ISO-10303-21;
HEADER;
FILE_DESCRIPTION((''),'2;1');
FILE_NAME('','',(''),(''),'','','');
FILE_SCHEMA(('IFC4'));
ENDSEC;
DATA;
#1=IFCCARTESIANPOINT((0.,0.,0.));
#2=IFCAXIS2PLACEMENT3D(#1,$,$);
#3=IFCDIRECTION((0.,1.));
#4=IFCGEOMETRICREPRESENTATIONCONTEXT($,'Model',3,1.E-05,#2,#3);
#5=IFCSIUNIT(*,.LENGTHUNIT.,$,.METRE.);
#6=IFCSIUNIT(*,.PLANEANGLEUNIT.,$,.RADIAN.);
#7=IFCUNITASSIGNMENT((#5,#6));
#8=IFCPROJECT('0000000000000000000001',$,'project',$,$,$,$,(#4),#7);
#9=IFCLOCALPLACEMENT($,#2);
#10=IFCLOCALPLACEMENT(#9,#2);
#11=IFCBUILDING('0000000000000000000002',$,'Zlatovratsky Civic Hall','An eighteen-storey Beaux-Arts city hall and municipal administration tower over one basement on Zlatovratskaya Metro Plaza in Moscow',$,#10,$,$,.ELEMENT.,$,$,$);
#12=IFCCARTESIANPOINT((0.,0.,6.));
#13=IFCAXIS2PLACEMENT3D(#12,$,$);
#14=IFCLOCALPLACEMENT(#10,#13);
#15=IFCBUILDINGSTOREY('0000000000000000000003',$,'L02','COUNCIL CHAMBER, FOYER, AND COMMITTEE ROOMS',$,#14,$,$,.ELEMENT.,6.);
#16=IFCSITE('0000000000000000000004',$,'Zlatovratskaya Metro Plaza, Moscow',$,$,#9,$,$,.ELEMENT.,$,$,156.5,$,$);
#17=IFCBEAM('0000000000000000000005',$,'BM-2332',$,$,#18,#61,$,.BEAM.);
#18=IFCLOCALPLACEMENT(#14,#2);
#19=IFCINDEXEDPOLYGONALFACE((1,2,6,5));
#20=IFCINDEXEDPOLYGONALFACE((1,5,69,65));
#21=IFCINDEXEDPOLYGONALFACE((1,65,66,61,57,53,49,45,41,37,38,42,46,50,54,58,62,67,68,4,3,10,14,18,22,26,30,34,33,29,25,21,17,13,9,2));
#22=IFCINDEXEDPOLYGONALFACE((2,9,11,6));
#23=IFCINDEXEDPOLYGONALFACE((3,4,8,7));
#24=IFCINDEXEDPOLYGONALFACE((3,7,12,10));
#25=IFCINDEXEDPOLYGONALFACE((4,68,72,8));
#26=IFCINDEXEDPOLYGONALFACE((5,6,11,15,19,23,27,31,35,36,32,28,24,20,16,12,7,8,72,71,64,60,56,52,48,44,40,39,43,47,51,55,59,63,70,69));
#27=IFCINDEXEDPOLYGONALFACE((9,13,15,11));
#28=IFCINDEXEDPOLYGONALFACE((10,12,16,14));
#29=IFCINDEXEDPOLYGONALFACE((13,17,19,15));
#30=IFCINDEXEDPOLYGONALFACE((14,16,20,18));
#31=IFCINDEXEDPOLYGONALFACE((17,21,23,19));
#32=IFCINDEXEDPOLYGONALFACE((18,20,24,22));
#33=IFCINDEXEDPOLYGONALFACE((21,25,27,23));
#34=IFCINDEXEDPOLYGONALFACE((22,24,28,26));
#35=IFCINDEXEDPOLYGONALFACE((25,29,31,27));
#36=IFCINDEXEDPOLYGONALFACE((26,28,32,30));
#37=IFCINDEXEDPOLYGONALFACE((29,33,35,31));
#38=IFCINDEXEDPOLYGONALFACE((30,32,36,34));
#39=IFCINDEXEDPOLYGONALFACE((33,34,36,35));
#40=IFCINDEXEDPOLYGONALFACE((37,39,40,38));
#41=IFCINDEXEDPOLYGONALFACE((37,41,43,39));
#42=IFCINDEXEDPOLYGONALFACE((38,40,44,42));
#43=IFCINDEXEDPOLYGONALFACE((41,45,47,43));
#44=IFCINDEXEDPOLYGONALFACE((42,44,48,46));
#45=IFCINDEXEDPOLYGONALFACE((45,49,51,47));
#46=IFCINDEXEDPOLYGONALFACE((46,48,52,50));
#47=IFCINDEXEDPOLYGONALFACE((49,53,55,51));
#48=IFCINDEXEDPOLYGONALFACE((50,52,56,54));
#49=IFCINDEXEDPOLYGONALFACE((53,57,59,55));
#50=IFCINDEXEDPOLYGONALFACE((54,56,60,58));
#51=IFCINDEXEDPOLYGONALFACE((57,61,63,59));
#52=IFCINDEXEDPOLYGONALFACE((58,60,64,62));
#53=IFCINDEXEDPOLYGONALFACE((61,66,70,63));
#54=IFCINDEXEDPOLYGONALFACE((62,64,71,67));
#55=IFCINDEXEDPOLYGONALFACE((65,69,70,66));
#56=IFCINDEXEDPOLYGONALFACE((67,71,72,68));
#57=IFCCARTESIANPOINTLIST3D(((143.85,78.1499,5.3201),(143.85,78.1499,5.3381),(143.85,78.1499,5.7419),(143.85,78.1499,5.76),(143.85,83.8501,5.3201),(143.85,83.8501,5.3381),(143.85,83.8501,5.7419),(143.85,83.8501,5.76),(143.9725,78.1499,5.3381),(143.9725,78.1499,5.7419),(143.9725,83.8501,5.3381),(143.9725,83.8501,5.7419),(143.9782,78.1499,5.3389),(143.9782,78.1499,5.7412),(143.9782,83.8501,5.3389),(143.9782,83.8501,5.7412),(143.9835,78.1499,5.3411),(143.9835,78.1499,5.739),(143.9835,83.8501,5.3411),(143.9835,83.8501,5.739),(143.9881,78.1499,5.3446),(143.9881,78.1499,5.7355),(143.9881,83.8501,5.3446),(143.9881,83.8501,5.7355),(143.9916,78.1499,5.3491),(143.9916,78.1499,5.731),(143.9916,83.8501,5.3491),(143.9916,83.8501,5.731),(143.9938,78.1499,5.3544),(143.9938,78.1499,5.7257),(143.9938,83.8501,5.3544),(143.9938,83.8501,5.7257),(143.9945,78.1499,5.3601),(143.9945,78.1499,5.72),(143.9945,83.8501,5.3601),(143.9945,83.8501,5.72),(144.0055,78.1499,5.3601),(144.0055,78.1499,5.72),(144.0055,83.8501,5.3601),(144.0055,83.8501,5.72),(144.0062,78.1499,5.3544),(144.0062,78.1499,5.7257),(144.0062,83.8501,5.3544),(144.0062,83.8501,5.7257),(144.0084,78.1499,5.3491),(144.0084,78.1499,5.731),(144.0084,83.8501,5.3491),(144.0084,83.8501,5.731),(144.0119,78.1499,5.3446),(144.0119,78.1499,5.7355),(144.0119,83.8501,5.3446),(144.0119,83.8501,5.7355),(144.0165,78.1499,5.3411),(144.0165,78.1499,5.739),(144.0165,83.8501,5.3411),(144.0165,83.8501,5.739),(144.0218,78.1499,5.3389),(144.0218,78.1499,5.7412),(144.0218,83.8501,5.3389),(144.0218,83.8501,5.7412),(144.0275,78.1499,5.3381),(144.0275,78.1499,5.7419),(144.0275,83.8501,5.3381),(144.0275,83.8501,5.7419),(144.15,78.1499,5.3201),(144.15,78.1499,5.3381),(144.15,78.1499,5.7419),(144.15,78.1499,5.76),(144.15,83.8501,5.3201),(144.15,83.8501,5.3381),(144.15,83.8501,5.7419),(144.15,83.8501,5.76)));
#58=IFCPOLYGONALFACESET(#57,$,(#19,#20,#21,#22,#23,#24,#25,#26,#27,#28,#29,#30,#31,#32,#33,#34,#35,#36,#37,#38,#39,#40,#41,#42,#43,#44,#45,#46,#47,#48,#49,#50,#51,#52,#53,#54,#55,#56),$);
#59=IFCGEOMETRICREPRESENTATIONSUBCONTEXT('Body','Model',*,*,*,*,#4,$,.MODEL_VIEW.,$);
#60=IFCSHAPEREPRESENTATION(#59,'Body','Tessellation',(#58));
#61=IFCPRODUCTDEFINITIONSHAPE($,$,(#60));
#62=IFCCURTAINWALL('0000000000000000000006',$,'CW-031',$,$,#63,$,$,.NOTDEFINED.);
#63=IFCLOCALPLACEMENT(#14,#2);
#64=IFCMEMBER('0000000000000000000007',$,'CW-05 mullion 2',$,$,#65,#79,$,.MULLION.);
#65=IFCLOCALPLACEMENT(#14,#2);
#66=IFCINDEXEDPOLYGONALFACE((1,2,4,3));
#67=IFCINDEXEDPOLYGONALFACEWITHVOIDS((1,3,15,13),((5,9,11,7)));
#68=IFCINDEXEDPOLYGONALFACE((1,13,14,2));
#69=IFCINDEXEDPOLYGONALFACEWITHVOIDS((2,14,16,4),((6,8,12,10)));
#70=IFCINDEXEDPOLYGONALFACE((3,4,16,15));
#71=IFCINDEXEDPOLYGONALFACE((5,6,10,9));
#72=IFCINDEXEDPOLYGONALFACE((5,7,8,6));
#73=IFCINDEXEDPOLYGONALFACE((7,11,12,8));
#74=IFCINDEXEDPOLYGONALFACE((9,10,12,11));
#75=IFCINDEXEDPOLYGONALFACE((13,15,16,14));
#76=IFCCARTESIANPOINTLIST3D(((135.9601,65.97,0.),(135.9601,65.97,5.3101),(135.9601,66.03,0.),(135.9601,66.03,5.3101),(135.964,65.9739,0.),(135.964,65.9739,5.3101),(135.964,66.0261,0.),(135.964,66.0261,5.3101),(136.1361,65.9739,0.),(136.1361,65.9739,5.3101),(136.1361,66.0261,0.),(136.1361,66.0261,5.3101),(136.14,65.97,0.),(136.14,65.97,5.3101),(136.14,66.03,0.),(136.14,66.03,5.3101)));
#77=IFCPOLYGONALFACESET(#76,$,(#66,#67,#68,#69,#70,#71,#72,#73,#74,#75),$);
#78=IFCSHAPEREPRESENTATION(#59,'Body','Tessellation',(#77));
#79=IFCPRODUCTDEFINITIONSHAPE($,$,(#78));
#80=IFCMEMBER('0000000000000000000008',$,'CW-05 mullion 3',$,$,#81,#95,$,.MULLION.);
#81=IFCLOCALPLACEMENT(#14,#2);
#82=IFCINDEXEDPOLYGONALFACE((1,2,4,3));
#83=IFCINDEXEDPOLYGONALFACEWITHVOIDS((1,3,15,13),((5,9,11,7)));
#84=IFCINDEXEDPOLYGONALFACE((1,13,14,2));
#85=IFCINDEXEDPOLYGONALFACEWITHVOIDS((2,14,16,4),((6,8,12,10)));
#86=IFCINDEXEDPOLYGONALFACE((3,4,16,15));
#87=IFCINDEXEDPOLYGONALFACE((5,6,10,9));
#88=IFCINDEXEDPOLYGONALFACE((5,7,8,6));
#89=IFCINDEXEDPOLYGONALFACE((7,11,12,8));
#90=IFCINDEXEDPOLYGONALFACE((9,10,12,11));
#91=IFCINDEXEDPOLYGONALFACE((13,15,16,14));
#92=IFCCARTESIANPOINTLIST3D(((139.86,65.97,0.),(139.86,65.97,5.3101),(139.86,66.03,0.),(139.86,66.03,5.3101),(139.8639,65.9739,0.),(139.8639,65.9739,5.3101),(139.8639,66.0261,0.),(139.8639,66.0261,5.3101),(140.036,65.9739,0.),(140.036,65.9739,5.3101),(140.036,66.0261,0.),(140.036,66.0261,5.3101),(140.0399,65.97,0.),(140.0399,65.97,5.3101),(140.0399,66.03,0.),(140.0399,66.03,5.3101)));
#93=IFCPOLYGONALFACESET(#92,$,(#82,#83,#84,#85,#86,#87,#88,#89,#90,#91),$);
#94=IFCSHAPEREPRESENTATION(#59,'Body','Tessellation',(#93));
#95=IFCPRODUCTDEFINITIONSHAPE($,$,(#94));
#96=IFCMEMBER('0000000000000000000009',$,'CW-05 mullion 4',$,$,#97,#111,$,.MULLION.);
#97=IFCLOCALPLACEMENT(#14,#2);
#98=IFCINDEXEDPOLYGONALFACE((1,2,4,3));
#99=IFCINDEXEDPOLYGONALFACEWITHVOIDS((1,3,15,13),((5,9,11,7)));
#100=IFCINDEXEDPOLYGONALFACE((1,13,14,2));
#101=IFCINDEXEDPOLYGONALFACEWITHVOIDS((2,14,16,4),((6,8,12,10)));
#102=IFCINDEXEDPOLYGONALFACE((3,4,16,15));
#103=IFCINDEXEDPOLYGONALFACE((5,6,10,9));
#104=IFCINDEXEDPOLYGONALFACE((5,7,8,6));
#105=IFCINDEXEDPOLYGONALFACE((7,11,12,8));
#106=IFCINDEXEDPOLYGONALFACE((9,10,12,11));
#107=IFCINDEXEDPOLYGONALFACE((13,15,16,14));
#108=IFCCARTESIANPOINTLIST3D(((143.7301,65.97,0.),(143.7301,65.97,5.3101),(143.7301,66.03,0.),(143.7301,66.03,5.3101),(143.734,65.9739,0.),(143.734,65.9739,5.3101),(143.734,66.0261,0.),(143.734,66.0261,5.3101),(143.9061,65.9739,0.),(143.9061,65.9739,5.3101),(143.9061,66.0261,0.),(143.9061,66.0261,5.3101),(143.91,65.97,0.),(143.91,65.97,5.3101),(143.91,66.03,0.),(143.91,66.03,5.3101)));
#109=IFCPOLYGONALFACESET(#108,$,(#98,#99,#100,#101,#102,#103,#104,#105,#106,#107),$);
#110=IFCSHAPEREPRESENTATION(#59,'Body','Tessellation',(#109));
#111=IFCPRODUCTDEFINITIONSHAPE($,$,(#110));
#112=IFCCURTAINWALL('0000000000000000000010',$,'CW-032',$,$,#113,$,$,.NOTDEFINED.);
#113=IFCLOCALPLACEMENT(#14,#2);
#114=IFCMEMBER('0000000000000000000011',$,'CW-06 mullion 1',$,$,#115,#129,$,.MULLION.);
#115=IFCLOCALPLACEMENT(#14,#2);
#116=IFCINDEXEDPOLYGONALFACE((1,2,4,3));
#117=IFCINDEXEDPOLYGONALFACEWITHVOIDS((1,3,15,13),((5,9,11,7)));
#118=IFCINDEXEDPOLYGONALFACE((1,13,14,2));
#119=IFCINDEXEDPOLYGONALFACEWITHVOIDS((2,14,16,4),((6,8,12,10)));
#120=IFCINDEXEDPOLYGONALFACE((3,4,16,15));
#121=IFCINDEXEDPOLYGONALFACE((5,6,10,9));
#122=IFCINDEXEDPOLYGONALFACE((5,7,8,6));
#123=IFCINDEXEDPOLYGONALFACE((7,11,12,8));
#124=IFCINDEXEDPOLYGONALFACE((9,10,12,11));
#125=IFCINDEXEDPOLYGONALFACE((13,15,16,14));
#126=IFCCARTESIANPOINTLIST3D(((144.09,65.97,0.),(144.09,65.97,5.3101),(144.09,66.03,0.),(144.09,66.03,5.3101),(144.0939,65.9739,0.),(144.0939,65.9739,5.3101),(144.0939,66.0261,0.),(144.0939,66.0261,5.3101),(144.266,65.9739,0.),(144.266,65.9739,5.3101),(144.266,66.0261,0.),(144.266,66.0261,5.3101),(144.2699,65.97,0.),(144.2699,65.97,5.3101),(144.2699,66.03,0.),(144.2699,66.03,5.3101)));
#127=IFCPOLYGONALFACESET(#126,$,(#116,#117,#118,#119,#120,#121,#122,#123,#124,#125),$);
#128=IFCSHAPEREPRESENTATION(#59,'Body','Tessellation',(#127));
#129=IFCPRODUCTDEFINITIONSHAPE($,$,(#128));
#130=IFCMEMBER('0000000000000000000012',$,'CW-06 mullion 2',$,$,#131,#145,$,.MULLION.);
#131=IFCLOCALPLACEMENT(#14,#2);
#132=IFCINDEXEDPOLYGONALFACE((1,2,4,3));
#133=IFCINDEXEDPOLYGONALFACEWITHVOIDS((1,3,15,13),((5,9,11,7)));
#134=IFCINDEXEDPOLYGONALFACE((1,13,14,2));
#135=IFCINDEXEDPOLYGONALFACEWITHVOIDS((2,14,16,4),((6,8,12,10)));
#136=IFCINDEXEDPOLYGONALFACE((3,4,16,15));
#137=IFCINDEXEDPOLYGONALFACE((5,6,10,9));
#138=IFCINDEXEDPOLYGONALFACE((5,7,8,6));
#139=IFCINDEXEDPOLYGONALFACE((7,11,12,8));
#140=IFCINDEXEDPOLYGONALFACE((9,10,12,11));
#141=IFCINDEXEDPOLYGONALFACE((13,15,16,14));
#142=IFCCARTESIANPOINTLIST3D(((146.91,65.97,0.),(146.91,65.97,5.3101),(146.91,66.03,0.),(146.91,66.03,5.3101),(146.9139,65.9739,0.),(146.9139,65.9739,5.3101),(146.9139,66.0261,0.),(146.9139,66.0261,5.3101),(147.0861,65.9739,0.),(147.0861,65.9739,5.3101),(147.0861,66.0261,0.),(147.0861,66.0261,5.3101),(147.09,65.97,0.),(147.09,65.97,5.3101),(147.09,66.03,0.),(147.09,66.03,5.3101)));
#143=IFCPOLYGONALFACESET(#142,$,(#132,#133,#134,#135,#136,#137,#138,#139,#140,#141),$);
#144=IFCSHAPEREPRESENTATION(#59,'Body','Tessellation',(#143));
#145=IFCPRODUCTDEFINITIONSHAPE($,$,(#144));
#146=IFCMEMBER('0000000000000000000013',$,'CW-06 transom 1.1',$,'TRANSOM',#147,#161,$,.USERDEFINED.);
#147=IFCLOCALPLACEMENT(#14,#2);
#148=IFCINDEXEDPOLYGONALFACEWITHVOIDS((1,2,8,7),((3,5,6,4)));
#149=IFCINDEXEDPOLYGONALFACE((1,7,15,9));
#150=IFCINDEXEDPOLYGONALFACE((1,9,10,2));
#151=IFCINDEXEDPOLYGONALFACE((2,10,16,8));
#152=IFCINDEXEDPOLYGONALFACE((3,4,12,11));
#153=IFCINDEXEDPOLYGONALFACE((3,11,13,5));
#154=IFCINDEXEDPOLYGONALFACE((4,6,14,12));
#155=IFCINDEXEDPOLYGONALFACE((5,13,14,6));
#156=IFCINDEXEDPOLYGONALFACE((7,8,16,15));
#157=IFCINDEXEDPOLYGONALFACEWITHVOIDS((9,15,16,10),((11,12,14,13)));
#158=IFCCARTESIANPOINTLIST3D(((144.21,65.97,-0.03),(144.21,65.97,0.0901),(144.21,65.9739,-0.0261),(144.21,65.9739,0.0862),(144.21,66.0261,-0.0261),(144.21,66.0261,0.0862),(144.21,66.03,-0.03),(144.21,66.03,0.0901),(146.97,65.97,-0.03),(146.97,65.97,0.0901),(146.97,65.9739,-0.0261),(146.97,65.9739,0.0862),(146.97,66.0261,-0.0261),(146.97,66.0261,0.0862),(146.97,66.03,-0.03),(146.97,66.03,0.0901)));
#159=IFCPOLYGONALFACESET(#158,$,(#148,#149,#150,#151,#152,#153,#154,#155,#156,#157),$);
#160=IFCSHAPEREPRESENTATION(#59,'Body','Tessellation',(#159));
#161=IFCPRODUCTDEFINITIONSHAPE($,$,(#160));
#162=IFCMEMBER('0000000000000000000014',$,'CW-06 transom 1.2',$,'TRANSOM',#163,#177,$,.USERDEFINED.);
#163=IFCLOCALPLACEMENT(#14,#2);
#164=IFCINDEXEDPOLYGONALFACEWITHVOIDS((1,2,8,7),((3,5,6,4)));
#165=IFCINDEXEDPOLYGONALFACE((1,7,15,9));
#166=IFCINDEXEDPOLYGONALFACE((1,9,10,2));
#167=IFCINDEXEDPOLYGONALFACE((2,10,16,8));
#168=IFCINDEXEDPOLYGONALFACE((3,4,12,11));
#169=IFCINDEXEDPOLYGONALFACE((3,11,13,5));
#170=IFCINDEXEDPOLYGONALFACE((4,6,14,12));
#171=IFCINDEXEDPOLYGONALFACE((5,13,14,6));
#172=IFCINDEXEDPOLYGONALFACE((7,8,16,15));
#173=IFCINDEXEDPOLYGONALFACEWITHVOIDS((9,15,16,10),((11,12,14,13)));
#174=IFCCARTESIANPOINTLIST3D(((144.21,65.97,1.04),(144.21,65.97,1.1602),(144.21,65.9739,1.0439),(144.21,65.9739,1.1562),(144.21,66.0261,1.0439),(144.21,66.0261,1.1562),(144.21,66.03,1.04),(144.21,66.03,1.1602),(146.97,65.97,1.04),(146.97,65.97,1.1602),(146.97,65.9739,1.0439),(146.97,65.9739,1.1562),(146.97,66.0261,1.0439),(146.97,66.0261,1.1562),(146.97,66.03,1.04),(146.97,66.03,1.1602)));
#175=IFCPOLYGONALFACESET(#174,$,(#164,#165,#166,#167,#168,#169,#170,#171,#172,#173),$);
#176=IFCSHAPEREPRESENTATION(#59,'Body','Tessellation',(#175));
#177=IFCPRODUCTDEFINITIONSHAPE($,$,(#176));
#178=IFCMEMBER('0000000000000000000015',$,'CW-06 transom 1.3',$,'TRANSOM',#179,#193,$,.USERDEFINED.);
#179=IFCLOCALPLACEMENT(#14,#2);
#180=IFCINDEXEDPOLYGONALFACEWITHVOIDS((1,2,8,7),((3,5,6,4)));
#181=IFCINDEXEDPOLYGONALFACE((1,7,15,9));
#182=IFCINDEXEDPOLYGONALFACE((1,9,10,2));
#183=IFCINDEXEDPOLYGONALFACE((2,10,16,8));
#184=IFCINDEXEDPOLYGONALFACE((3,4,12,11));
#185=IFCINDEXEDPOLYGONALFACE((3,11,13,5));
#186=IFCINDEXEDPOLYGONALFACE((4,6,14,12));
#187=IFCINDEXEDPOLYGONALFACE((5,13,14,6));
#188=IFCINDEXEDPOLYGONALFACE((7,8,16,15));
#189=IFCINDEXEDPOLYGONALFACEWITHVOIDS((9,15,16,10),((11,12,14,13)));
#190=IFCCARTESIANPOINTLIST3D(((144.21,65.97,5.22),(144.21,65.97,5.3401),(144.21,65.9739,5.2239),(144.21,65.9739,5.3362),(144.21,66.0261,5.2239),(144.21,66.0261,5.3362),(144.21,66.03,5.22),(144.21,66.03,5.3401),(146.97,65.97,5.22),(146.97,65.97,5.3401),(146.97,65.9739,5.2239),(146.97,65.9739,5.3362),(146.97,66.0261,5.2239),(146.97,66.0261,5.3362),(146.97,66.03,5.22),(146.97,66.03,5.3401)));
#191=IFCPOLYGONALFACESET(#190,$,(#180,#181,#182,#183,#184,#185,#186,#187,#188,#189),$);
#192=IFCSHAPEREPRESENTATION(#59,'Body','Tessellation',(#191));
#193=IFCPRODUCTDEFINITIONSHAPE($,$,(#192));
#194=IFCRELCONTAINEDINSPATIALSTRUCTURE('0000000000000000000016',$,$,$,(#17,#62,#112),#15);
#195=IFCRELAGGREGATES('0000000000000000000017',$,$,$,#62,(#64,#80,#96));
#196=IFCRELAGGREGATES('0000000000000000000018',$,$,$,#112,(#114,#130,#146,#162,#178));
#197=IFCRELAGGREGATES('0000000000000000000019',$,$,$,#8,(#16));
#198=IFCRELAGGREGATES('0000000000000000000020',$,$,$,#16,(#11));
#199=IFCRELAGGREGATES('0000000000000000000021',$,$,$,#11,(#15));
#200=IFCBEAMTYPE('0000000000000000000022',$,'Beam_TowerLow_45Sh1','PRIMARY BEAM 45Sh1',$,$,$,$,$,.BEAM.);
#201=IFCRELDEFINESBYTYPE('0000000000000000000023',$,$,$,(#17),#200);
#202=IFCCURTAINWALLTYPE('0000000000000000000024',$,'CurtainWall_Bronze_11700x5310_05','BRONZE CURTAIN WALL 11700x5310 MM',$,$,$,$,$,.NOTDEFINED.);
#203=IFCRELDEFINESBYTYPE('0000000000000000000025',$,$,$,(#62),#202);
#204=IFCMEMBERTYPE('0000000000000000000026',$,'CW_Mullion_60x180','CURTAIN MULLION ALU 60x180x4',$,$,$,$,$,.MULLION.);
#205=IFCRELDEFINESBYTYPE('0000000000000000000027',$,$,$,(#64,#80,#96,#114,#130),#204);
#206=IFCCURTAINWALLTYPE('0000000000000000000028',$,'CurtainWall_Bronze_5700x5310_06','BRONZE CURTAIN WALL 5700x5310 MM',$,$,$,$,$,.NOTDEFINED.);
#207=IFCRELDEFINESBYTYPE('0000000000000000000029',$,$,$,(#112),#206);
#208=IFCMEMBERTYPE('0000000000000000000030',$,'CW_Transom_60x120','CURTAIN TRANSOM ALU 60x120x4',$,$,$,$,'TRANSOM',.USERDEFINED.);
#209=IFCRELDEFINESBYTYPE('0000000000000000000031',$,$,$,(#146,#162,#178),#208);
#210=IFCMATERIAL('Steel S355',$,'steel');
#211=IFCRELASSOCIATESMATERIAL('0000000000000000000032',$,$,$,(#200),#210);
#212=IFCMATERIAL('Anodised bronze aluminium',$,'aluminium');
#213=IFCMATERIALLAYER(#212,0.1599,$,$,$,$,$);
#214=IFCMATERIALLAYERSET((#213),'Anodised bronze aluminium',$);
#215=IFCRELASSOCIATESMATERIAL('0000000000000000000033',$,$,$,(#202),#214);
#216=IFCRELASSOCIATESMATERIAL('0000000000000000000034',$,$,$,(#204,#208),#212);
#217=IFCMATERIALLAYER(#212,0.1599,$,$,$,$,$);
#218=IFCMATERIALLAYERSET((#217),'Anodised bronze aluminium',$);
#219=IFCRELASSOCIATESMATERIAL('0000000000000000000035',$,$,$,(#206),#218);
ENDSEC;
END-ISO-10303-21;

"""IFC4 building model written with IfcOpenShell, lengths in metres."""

from ifc_helpers import new_model, si_unit, direction, frame, origin, origin_2d, place, context, subcontext, project, spatial, hollow_rectangle, i_section, extrude, material, layer, layer_set, material_profile, profile_set, type_object, element, aggregate, save


model = new_model("IFC4")

# Units and contexts
model_context = context("Model", 3, precision=1e-05, world=origin(), true_north=direction((0.0, 1.0)))
body_context = subcontext(model_context, "Body", "Model", "MODEL_VIEW")
ifc_project = project(units=[si_unit("LENGTHUNIT", "METRE"), si_unit("PLANEANGLEUNIT", "RADIAN")], contexts=[model_context])

# Site, building, storey
site_placement = place(None, origin())
site = spatial("IfcSite", under=ifc_project, at=site_placement, Name="Zlatovratskaya Metro Plaza, Moscow", CompositionType="ELEMENT", RefElevation=156.5)
building_placement = place(site_placement, origin())
building = spatial("IfcBuilding", under=site, at=building_placement, Name="Zlatovratsky Civic Hall", Description="An eighteen-storey Beaux-Arts city hall and municipal administration tower over one basement on Zlatovratskaya Metro Plaza in Moscow", CompositionType="ELEMENT")
storey_placement = place(building_placement, frame((0.0, 0.0, 6.0)))
storey = spatial("IfcBuildingStorey", under=building, at=storey_placement, Name="L02", Description="COUNCIL CHAMBER, FOYER, AND COMMITTEE ROOMS", CompositionType="ELEMENT", Elevation=6.0)

# Shared definitions
ifc_material_1 = material(Name="Steel S355", Category="steel")

# Beam
ifc_material_profile_1 = material_profile(ifc_material_1, i_section(OverallWidth=0.3, OverallDepth=0.4399, WebThickness=0.011, FlangeThickness=0.0181, FilletRadius=0.022, at=origin_2d()), Name="45Sh1")
ifc_profile_set_1 = profile_set([ifc_material_profile_1], Name="Steel S355")
beam_type_1 = type_object("IfcBeamType", Name="Beam_TowerLow_45Sh1", Description="PRIMARY BEAM 45Sh1", PredefinedType="BEAM", material=ifc_profile_set_1)
for number, where, z_axis, x_axis, name in (
    (1, (144.0, 78.1499, 5.54), (0.0, 1.0, 0.0), (-1.0, 0.0, 0.0), "BM-2332"),
):
    element("IfcBeam", number, at=place(storey_placement, frame(where, z_axis=z_axis, x_axis=x_axis)), inside=storey, type_object=beam_type_1, Name=name, PredefinedType="BEAM", context=body_context, shape_type="SweptSolid", body=[
        extrude(i_section(OverallWidth=0.3, OverallDepth=0.4399, WebThickness=0.011, FlangeThickness=0.0181, FilletRadius=0.022, at=origin_2d()), origin(), (0.0, 0.0, 1.0), 5.7002),
    ])

# Curtain walls, members
ifc_material_2 = material(Name="Anodised bronze aluminium", Category="aluminium")
ifc_layer_1 = layer(ifc_material_2, 0.1599)
ifc_layer_set_1 = layer_set([ifc_layer_1], Name="Anodised bronze aluminium")
curtain_wall_type_1 = type_object("IfcCurtainWallType", Name="CurtainWall_Bronze_11700x5310_05", Description="BRONZE CURTAIN WALL 11700x5310 MM", PredefinedType="NOTDEFINED", material=ifc_layer_set_1)
curtain_wall_1_placement = place(storey_placement, origin())
curtain_wall_1 = element("IfcCurtainWall", 2, at=curtain_wall_1_placement, inside=storey, type_object=curtain_wall_type_1, Name="CW-031", PredefinedType="NOTDEFINED")
ifc_material_profile_2 = material_profile(ifc_material_2, hollow_rectangle(XDim=0.0601, YDim=0.1799, WallThickness=0.0039, at=origin_2d()), Name="ALU 60x180x4")
ifc_profile_set_2 = profile_set([ifc_material_profile_2], Name="Anodised bronze aluminium")
member_type_1 = type_object("IfcMemberType", Name="CW_Mullion_60x180", Description="CURTAIN MULLION ALU 60x180x4", PredefinedType="MULLION", material=ifc_profile_set_2)
member_1_placement = place(storey_placement, frame((136.05, 66.0, 0.0), z_axis=(0.0, 0.0, 1.0), x_axis=(0.0, 1.0, 0.0)))
member_1 = element("IfcMember", 3, at=member_1_placement, type_object=member_type_1, Name="CW-05 mullion 2", PredefinedType="MULLION", context=body_context, shape_type="SweptSolid", body=[
    extrude(hollow_rectangle(XDim=0.0601, YDim=0.1799, WallThickness=0.0039, at=origin_2d()), origin(), (0.0, 0.0, 1.0), 5.3101),
])
member_2_placement = place(storey_placement, frame((139.95, 66.0, 0.0), z_axis=(0.0, 0.0, 1.0), x_axis=(0.0, 1.0, 0.0)))
member_2 = element("IfcMember", 4, at=member_2_placement, type_object=member_type_1, Name="CW-05 mullion 3", PredefinedType="MULLION", context=body_context, shape_type="SweptSolid", body=[
    extrude(hollow_rectangle(XDim=0.0601, YDim=0.1799, WallThickness=0.0039, at=origin_2d()), origin(), (0.0, 0.0, 1.0), 5.3101),
])
member_3_placement = place(storey_placement, frame((143.8201, 66.0, 0.0), z_axis=(0.0, 0.0, 1.0), x_axis=(0.0, 1.0, 0.0)))
member_3 = element("IfcMember", 5, at=member_3_placement, type_object=member_type_1, Name="CW-05 mullion 4", PredefinedType="MULLION", context=body_context, shape_type="SweptSolid", body=[
    extrude(hollow_rectangle(XDim=0.0601, YDim=0.1799, WallThickness=0.0039, at=origin_2d()), origin(), (0.0, 0.0, 1.0), 5.3101),
])
ifc_layer_2 = layer(ifc_material_2, 0.1599)
ifc_layer_set_2 = layer_set([ifc_layer_2], Name="Anodised bronze aluminium")
curtain_wall_type_2 = type_object("IfcCurtainWallType", Name="CurtainWall_Bronze_5700x5310_06", Description="BRONZE CURTAIN WALL 5700x5310 MM", PredefinedType="NOTDEFINED", material=ifc_layer_set_2)
curtain_wall_2_placement = place(storey_placement, origin())
curtain_wall_2 = element("IfcCurtainWall", 6, at=curtain_wall_2_placement, inside=storey, type_object=curtain_wall_type_2, Name="CW-032", PredefinedType="NOTDEFINED")
member_4_placement = place(storey_placement, frame((144.1799, 66.0, 0.0), z_axis=(0.0, 0.0, 1.0), x_axis=(0.0, 1.0, 0.0)))
member_4 = element("IfcMember", 7, at=member_4_placement, type_object=member_type_1, Name="CW-06 mullion 1", PredefinedType="MULLION", context=body_context, shape_type="SweptSolid", body=[
    extrude(hollow_rectangle(XDim=0.0601, YDim=0.1799, WallThickness=0.0039, at=origin_2d()), origin(), (0.0, 0.0, 1.0), 5.3101),
])
member_5_placement = place(storey_placement, frame((147.0, 66.0, 0.0), z_axis=(0.0, 0.0, 1.0), x_axis=(0.0, 1.0, 0.0)))
member_5 = element("IfcMember", 8, at=member_5_placement, type_object=member_type_1, Name="CW-06 mullion 2", PredefinedType="MULLION", context=body_context, shape_type="SweptSolid", body=[
    extrude(hollow_rectangle(XDim=0.0601, YDim=0.1799, WallThickness=0.0039, at=origin_2d()), origin(), (0.0, 0.0, 1.0), 5.3101),
])
ifc_material_profile_3 = material_profile(ifc_material_2, hollow_rectangle(XDim=0.0601, YDim=0.1201, WallThickness=0.0039, at=origin_2d()), Name="ALU 60x120x4")
ifc_profile_set_3 = profile_set([ifc_material_profile_3], Name="Anodised bronze aluminium")
member_type_2 = type_object("IfcMemberType", Name="CW_Transom_60x120", Description="CURTAIN TRANSOM ALU 60x120x4", ElementType="TRANSOM", PredefinedType="USERDEFINED", material=ifc_profile_set_3)
member_6_placement = place(storey_placement, frame((144.21, 66.0, 0.03), z_axis=(1.0, 0.0, 0.0), x_axis=(0.0, 1.0, 0.0)))
member_6 = element("IfcMember", 9, at=member_6_placement, type_object=member_type_2, Name="CW-06 transom 1.1", ObjectType="TRANSOM", PredefinedType="USERDEFINED", context=body_context, shape_type="SweptSolid", body=[
    extrude(hollow_rectangle(XDim=0.0601, YDim=0.1201, WallThickness=0.0039, at=origin_2d()), origin(), (0.0, 0.0, 1.0), 2.76),
])
member_7_placement = place(storey_placement, frame((144.21, 66.0, 1.1001), z_axis=(1.0, 0.0, 0.0), x_axis=(0.0, 1.0, 0.0)))
member_7 = element("IfcMember", 10, at=member_7_placement, type_object=member_type_2, Name="CW-06 transom 1.2", ObjectType="TRANSOM", PredefinedType="USERDEFINED", context=body_context, shape_type="SweptSolid", body=[
    extrude(hollow_rectangle(XDim=0.0601, YDim=0.1201, WallThickness=0.0039, at=origin_2d()), origin(), (0.0, 0.0, 1.0), 2.76),
])
member_8_placement = place(storey_placement, frame((144.21, 66.0, 5.28), z_axis=(1.0, 0.0, 0.0), x_axis=(0.0, 1.0, 0.0)))
member_8 = element("IfcMember", 11, at=member_8_placement, type_object=member_type_2, Name="CW-06 transom 1.3", ObjectType="TRANSOM", PredefinedType="USERDEFINED", context=body_context, shape_type="SweptSolid", body=[
    extrude(hollow_rectangle(XDim=0.0601, YDim=0.1201, WallThickness=0.0039, at=origin_2d()), origin(), (0.0, 0.0, 1.0), 2.76),
])

aggregate(curtain_wall_1, [member_1, member_2, member_3])
aggregate(curtain_wall_2, [member_4, member_5, member_6, member_7, member_8])

save(model, "model.ifc")
